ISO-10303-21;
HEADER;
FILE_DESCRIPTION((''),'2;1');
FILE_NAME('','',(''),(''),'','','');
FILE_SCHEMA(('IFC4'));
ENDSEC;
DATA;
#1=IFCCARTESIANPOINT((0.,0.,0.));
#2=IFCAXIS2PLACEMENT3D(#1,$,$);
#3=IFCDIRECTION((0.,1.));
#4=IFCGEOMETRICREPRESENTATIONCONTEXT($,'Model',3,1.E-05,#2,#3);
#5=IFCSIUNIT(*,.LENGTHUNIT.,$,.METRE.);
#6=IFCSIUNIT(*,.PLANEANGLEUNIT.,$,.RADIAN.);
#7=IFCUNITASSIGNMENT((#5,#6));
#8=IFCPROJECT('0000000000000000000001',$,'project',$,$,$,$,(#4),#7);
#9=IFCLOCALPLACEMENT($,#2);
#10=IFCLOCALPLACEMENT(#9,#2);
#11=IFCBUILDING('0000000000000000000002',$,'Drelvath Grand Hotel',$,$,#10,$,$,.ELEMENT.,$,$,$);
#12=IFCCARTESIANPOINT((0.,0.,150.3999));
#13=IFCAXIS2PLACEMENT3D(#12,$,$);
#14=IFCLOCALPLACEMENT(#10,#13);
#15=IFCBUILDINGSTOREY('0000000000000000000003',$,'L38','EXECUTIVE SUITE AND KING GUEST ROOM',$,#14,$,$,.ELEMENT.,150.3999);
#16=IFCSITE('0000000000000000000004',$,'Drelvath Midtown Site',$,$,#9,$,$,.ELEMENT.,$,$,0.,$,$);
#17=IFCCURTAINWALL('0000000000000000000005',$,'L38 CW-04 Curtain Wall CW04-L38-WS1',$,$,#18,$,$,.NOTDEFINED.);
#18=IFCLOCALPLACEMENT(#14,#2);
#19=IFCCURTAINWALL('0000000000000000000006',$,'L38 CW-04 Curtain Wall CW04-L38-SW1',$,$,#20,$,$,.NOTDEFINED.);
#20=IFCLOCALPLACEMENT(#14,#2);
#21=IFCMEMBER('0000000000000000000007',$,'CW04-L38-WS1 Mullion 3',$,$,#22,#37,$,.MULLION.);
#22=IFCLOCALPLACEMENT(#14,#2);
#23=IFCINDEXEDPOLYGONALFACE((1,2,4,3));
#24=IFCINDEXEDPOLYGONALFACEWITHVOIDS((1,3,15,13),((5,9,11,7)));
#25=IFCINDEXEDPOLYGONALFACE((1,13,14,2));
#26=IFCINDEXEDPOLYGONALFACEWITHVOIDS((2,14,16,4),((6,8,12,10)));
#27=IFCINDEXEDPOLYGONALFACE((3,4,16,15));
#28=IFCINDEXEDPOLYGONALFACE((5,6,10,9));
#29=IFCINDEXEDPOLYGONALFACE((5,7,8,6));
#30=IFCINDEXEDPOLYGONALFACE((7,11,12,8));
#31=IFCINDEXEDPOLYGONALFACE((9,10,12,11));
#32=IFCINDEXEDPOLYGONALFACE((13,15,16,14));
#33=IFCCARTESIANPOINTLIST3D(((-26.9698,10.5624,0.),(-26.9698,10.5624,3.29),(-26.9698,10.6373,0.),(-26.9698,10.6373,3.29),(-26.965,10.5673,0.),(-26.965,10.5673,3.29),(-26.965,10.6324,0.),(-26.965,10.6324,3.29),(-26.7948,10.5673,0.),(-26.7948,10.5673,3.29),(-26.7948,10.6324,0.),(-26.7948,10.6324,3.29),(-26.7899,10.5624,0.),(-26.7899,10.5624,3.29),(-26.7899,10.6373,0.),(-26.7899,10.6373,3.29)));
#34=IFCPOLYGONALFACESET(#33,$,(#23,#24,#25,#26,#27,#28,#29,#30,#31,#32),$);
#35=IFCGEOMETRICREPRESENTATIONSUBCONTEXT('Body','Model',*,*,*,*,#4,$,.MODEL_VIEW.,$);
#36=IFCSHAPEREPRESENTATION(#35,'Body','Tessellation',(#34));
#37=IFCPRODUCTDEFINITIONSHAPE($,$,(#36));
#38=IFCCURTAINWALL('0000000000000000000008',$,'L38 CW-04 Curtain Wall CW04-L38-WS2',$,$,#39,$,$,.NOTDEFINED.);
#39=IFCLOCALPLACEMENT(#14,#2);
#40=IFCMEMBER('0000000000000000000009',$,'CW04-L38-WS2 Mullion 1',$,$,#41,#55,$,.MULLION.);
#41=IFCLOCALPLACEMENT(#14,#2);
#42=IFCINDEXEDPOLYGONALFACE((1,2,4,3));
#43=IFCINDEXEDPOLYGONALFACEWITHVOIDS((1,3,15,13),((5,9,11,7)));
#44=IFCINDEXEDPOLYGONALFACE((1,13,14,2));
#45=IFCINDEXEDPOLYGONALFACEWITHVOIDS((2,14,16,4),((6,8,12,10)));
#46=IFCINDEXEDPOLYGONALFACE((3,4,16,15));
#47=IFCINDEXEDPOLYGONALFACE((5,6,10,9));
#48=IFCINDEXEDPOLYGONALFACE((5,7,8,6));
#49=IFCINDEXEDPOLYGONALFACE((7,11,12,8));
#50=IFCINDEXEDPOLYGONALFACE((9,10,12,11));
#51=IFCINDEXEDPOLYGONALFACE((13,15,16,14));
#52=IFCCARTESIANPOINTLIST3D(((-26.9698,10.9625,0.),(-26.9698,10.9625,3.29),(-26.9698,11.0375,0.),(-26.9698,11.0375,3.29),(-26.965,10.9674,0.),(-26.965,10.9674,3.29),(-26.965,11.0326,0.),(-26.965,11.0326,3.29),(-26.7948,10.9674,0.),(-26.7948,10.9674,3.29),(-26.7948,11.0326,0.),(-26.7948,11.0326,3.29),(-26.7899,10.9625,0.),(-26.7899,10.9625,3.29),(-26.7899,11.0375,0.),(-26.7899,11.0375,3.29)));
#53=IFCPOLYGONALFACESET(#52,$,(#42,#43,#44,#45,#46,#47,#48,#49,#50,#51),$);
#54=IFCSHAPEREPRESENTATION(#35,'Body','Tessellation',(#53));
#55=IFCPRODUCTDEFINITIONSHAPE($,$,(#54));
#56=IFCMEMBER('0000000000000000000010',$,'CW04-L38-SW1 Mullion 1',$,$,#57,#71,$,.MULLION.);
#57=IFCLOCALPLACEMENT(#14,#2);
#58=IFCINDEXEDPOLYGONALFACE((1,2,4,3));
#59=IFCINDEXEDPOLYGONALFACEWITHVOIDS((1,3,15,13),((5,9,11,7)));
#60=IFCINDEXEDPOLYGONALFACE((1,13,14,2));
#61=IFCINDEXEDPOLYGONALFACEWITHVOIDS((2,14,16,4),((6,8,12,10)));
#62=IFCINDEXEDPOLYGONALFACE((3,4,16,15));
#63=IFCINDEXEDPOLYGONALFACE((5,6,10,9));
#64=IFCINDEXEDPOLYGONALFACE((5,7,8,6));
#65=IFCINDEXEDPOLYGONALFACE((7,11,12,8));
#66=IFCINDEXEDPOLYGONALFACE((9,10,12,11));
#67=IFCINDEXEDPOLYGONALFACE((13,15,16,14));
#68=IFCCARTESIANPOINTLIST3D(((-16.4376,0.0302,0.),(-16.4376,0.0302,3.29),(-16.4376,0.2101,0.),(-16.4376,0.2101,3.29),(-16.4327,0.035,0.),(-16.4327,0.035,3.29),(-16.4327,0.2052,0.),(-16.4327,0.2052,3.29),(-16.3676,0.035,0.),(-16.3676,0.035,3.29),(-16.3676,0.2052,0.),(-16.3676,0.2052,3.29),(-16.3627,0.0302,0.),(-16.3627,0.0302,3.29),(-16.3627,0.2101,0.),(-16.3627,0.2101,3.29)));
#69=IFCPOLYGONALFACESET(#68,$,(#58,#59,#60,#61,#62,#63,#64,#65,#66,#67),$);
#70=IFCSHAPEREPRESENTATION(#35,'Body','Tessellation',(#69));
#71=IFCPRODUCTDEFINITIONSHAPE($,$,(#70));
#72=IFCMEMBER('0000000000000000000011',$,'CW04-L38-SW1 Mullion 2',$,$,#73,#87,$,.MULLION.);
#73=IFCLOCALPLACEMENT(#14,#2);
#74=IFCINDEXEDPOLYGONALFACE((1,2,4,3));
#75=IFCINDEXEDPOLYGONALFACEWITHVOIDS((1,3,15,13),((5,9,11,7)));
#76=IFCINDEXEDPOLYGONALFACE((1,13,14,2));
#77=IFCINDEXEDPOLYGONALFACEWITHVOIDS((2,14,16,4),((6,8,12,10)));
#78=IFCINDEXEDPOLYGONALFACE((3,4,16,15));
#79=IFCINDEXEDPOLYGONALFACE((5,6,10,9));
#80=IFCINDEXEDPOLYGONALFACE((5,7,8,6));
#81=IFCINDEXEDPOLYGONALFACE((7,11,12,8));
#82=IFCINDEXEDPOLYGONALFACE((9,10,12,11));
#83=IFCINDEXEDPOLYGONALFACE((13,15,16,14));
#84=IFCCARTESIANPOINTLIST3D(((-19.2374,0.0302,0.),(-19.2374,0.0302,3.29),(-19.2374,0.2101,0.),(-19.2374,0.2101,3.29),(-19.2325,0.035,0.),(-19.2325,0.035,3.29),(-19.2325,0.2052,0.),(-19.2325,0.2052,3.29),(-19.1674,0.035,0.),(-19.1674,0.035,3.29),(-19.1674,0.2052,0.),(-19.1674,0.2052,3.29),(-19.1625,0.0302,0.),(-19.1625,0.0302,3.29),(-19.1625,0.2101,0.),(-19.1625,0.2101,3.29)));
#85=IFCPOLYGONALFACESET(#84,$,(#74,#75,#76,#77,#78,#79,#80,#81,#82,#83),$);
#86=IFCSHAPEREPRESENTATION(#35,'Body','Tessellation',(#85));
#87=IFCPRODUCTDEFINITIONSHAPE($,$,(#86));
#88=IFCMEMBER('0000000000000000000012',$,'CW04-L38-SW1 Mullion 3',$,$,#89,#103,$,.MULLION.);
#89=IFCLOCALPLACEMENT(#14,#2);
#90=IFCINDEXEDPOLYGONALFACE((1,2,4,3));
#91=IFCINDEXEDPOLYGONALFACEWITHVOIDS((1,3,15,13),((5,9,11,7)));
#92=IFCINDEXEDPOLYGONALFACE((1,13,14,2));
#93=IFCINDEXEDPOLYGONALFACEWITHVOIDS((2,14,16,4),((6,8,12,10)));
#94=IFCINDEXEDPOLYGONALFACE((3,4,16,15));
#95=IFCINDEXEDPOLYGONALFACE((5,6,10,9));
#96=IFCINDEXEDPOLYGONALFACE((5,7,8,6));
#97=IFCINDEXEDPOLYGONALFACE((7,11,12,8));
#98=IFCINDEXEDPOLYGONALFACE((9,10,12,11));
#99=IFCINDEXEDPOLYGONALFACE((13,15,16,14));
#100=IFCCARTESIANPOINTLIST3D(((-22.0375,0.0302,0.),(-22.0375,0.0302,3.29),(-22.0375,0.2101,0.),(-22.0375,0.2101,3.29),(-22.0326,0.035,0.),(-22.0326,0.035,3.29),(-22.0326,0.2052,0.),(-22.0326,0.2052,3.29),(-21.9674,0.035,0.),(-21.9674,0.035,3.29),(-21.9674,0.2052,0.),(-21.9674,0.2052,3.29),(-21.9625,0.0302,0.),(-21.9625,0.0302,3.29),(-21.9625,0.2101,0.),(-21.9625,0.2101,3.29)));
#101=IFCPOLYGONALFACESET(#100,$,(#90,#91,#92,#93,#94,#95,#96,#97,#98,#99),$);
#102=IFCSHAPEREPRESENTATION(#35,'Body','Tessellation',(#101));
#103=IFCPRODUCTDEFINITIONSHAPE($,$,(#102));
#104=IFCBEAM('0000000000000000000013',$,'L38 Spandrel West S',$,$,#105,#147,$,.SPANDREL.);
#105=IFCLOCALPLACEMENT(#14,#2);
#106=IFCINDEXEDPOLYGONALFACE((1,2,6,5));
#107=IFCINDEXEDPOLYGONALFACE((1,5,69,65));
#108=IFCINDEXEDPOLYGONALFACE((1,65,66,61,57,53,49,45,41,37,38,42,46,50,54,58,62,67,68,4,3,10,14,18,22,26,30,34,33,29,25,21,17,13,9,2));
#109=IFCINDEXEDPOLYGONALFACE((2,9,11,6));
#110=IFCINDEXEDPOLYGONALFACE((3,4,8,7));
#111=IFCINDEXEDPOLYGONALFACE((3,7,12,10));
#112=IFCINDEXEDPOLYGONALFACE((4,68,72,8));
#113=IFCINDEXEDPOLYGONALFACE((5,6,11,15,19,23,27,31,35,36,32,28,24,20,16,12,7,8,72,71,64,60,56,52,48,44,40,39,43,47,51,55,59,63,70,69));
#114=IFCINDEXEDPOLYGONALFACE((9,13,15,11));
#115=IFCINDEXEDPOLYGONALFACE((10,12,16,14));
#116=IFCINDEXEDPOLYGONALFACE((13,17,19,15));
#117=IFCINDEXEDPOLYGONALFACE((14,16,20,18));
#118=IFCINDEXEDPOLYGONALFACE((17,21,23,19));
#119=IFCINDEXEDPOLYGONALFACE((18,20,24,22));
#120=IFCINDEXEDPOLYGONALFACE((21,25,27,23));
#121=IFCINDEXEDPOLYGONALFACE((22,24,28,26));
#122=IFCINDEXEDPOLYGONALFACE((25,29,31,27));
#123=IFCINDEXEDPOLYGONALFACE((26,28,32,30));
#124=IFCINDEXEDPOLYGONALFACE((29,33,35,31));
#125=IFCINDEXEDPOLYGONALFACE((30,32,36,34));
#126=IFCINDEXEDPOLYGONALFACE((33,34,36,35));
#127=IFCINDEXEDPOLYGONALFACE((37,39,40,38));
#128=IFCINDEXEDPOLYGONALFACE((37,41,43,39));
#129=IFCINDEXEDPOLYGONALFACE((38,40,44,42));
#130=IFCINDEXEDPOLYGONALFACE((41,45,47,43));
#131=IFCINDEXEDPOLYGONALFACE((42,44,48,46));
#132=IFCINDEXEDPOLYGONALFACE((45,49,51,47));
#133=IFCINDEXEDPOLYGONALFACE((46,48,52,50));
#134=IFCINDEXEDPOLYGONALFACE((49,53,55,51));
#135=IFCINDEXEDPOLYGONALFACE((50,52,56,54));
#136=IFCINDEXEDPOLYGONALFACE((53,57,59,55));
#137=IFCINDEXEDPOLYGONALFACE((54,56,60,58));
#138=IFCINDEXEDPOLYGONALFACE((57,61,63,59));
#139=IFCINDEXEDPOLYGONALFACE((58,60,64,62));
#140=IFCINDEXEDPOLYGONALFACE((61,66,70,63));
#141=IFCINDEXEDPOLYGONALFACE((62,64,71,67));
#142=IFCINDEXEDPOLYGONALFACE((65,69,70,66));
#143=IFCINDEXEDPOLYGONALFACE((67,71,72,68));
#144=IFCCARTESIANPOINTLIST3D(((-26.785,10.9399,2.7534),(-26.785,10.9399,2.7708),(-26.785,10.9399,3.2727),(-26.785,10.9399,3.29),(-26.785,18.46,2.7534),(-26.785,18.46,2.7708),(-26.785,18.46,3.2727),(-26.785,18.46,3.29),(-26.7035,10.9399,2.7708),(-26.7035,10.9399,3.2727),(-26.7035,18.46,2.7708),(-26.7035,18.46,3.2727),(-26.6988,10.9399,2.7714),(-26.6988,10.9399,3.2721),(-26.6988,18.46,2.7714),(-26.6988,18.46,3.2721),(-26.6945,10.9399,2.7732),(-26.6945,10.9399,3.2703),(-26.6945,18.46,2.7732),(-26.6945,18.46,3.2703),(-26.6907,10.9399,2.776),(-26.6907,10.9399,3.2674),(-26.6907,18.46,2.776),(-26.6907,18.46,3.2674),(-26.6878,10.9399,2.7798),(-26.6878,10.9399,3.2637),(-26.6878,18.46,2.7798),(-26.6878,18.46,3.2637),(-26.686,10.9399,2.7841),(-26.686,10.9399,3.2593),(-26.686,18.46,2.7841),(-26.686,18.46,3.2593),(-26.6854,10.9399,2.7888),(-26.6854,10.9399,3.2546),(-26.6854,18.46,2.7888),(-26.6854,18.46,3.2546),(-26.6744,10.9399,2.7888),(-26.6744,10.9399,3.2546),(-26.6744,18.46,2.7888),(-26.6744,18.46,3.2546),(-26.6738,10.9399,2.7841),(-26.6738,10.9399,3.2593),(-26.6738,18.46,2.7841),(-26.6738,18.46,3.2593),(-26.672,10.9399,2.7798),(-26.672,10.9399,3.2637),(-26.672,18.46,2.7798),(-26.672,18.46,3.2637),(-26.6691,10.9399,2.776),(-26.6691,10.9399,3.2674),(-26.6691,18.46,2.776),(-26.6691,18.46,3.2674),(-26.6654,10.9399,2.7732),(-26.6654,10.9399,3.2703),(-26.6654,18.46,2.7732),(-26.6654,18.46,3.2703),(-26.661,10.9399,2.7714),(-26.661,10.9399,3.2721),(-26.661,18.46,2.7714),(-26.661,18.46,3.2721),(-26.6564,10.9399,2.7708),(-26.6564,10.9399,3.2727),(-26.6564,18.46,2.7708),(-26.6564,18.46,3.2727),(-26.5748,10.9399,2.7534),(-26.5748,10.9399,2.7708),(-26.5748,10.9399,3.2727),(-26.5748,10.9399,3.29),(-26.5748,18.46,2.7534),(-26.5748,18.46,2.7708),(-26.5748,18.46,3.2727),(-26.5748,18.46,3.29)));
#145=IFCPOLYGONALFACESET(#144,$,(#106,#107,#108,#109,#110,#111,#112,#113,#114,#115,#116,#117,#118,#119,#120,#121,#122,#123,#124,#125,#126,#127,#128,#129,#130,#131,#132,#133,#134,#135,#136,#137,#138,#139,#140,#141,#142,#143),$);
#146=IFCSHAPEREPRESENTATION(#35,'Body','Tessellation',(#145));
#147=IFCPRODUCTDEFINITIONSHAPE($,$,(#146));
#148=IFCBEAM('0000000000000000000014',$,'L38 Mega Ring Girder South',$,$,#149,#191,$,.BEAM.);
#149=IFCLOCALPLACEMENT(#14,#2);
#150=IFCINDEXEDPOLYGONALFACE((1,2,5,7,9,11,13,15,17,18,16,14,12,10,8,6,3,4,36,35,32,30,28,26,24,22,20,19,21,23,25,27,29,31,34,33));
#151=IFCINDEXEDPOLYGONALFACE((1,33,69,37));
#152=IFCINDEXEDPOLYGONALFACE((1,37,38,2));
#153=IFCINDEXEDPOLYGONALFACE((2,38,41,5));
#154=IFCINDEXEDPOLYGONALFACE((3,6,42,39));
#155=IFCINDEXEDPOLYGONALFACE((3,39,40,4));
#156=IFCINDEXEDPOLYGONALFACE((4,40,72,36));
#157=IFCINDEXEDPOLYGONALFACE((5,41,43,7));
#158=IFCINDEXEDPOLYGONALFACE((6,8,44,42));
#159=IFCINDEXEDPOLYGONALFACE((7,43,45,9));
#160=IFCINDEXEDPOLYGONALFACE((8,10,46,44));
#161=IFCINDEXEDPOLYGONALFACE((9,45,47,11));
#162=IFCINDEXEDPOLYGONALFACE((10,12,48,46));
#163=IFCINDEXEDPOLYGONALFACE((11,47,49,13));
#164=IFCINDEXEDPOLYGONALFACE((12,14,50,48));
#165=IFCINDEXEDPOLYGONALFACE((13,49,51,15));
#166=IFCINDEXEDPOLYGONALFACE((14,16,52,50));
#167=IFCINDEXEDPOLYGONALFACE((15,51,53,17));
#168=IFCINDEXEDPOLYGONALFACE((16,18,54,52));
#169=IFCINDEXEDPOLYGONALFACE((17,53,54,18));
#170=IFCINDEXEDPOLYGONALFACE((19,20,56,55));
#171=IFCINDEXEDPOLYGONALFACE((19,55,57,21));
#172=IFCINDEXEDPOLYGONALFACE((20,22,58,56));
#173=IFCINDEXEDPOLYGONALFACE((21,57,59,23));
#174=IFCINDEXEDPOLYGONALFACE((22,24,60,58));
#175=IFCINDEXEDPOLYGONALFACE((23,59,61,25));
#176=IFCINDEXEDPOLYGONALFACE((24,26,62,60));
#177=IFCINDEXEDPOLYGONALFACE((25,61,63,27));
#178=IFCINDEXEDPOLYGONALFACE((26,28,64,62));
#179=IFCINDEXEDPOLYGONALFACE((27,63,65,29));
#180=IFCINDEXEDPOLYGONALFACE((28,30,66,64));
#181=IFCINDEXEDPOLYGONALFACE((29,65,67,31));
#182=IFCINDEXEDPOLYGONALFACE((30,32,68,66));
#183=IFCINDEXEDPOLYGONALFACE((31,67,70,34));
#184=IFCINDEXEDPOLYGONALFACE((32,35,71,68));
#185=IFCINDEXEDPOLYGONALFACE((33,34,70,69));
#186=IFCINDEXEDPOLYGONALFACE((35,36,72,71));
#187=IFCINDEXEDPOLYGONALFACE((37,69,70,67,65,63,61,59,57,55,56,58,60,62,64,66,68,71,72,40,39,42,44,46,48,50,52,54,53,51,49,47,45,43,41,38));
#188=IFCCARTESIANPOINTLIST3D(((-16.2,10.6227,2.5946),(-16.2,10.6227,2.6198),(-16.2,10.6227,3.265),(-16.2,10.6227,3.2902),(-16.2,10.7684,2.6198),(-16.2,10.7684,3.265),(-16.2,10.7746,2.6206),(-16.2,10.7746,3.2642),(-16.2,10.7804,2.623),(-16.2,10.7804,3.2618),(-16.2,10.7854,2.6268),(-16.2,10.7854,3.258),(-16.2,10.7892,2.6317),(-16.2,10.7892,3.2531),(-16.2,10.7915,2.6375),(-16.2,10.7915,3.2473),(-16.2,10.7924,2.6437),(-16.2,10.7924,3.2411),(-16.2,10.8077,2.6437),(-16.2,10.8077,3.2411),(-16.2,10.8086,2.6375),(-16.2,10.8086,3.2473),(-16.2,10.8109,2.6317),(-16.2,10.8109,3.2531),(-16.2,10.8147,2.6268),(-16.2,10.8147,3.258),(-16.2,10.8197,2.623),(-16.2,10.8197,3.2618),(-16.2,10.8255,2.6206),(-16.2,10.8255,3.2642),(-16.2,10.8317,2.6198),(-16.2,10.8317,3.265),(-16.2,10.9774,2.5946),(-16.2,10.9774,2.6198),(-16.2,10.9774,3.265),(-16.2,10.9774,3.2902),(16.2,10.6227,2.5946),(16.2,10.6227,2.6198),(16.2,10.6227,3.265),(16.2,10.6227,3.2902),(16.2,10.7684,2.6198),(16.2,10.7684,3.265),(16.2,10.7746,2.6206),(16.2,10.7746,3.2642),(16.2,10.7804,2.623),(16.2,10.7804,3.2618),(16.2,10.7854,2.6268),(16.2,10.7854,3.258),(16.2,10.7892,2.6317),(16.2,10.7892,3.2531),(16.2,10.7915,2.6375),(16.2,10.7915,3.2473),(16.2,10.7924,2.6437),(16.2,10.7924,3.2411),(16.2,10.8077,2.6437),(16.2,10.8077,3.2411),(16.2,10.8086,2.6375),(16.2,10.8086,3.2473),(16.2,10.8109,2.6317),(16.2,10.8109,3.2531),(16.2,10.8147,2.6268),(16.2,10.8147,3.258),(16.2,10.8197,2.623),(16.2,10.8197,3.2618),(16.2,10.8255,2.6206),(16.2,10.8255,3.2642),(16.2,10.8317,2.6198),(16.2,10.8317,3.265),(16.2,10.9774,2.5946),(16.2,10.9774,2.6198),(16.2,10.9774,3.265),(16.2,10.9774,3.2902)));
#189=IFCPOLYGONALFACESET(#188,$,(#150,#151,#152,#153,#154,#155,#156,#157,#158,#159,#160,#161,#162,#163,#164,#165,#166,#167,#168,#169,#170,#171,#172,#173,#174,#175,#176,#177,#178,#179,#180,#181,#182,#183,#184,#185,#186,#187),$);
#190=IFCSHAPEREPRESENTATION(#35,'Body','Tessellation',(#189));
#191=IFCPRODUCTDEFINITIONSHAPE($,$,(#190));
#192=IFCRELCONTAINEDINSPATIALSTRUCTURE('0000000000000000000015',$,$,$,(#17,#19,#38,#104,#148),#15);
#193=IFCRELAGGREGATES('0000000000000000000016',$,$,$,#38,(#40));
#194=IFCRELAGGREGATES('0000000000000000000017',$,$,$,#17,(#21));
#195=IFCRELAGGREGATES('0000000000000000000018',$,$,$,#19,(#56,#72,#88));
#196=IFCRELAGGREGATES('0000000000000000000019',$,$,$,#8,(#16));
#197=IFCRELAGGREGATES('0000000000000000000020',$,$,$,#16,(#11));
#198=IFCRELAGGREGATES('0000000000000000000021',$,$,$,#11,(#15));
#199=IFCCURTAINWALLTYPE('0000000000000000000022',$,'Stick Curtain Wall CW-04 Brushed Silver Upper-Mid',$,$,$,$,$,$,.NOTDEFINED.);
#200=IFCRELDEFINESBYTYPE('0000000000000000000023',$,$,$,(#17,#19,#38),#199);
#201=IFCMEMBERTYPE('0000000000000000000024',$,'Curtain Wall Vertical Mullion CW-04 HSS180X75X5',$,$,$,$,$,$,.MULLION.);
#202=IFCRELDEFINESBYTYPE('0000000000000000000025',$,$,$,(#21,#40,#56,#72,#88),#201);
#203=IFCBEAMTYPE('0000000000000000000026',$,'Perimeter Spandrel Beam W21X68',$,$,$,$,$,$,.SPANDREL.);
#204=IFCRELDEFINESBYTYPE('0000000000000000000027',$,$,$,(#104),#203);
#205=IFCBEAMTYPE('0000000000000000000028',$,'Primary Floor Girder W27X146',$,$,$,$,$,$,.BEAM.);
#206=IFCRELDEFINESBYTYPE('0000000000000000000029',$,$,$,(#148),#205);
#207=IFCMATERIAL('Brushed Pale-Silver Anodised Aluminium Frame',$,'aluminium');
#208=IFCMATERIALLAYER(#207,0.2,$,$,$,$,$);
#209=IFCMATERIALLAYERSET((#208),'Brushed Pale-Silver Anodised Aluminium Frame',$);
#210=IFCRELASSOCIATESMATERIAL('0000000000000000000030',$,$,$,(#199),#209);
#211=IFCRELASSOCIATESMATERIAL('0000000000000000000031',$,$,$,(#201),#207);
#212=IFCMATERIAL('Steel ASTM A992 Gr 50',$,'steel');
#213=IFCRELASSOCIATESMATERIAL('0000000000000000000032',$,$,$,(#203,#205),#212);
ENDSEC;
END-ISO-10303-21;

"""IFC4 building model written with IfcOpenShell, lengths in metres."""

from ifc_helpers import new_model, si_unit, direction, frame, origin, origin_2d, place, context, subcontext, project, spatial, hollow_rectangle, i_section, extrude, material, layer, layer_set, material_profile, profile_set, type_object, element, aggregate, save


model = new_model("IFC4")

# Units and contexts
model_context = context("Model", 3, precision=1e-05, world=origin(), true_north=direction((0.0, 1.0)))
body_context = subcontext(model_context, "Body", "Model", "MODEL_VIEW")
ifc_project = project(units=[si_unit("LENGTHUNIT", "METRE"), si_unit("PLANEANGLEUNIT", "RADIAN")], contexts=[model_context])

# Site, building, storey
site_placement = place(None, origin())
site = spatial("IfcSite", under=ifc_project, at=site_placement, Name="Drelvath Midtown Site", CompositionType="ELEMENT", RefElevation=0.0)
building_placement = place(site_placement, origin())
building = spatial("IfcBuilding", under=site, at=building_placement, Name="Drelvath Grand Hotel", CompositionType="ELEMENT")
storey_placement = place(building_placement, frame((0.0, 0.0, 150.3999)))
storey = spatial("IfcBuildingStorey", under=building, at=storey_placement, Name="L38", Description="EXECUTIVE SUITE AND KING GUEST ROOM", CompositionType="ELEMENT", Elevation=150.3999)

# Curtain walls
ifc_material_1 = material(Name="Brushed Pale-Silver Anodised Aluminium Frame", Category="aluminium")
ifc_layer_1 = layer(ifc_material_1, 0.2)
ifc_layer_set_1 = layer_set([ifc_layer_1], Name="Brushed Pale-Silver Anodised Aluminium Frame")
curtain_wall_type = type_object("IfcCurtainWallType", Name="Stick Curtain Wall CW-04 Brushed Silver Upper-Mid", PredefinedType="NOTDEFINED", material=ifc_layer_set_1)
curtain_wall_1_placement = place(storey_placement, origin())
curtain_wall_1 = element("IfcCurtainWall", 1, at=curtain_wall_1_placement, inside=storey, type_object=curtain_wall_type, Name="L38 CW-04 Curtain Wall CW04-L38-WS1", PredefinedType="NOTDEFINED")
curtain_wall_2_placement = place(storey_placement, origin())
curtain_wall_2 = element("IfcCurtainWall", 2, at=curtain_wall_2_placement, inside=storey, type_object=curtain_wall_type, Name="L38 CW-04 Curtain Wall CW04-L38-SW1", PredefinedType="NOTDEFINED")

# Member
ifc_material_profile_1 = material_profile(ifc_material_1, hollow_rectangle(XDim=0.075, YDim=0.1799, WallThickness=0.0049, at=origin_2d()), Name="HSS180X75X5")
ifc_profile_set_1 = profile_set([ifc_material_profile_1], Name="Brushed Pale-Silver Anodised Aluminium Frame")
member_type_1 = type_object("IfcMemberType", Name="Curtain Wall Vertical Mullion CW-04 HSS180X75X5", PredefinedType="MULLION", material=ifc_profile_set_1)
member_1_placement = place(storey_placement, frame((-26.8799, 10.5999, 0.0), z_axis=(0.0, 0.0, 1.0), x_axis=(0.0, 1.0, 0.0)))
member_1 = element("IfcMember", 3, at=member_1_placement, type_object=member_type_1, Name="CW04-L38-WS1 Mullion 3", PredefinedType="MULLION", context=body_context, shape_type="SweptSolid", body=[
    extrude(hollow_rectangle(XDim=0.075, YDim=0.1799, WallThickness=0.0049, at=origin_2d()), origin(), (0.0, 0.0, 1.0), 3.29),
])

# Curtain wall, member
curtain_wall_3_placement = place(storey_placement, origin())
curtain_wall_3 = element("IfcCurtainWall", 4, at=curtain_wall_3_placement, inside=storey, type_object=curtain_wall_type, Name="L38 CW-04 Curtain Wall CW04-L38-WS2", PredefinedType="NOTDEFINED")
member_2_placement = place(storey_placement, frame((-26.8799, 11.0, 0.0), z_axis=(0.0, 0.0, 1.0), x_axis=(0.0, 1.0, 0.0)))
member_2 = element("IfcMember", 5, at=member_2_placement, type_object=member_type_1, Name="CW04-L38-WS2 Mullion 1", PredefinedType="MULLION", context=body_context, shape_type="SweptSolid", body=[
    extrude(hollow_rectangle(XDim=0.075, YDim=0.1799, WallThickness=0.0049, at=origin_2d()), origin(), (0.0, 0.0, 1.0), 3.29),
])
aggregate(curtain_wall_3, [member_2])

# Members
member_3_placement = place(storey_placement, frame((-16.4001, 0.1201, 0.0), z_axis=(0.0, 0.0, 1.0), x_axis=(1.0, 0.0, 0.0)))
member_3 = element("IfcMember", 6, at=member_3_placement, type_object=member_type_1, Name="CW04-L38-SW1 Mullion 1", PredefinedType="MULLION", context=body_context, shape_type="SweptSolid", body=[
    extrude(hollow_rectangle(XDim=0.075, YDim=0.1799, WallThickness=0.0049, at=origin_2d()), origin(), (0.0, 0.0, 1.0), 3.29),
])
member_4_placement = place(storey_placement, frame((-19.2, 0.1201, 0.0), z_axis=(0.0, 0.0, 1.0), x_axis=(1.0, 0.0, 0.0)))
member_4 = element("IfcMember", 7, at=member_4_placement, type_object=member_type_1, Name="CW04-L38-SW1 Mullion 2", PredefinedType="MULLION", context=body_context, shape_type="SweptSolid", body=[
    extrude(hollow_rectangle(XDim=0.075, YDim=0.1799, WallThickness=0.0049, at=origin_2d()), origin(), (0.0, 0.0, 1.0), 3.29),
])
member_5_placement = place(storey_placement, frame((-22.0, 0.1201, 0.0), z_axis=(0.0, 0.0, 1.0), x_axis=(1.0, 0.0, 0.0)))
member_5 = element("IfcMember", 8, at=member_5_placement, type_object=member_type_1, Name="CW04-L38-SW1 Mullion 3", PredefinedType="MULLION", context=body_context, shape_type="SweptSolid", body=[
    extrude(hollow_rectangle(XDim=0.075, YDim=0.1799, WallThickness=0.0049, at=origin_2d()), origin(), (0.0, 0.0, 1.0), 3.29),
])

# Beams
ifc_material_2 = material(Name="Steel ASTM A992 Gr 50", Category="steel")
ifc_material_profile_2 = material_profile(ifc_material_2, i_section(OverallWidth=0.2102, OverallDepth=0.5366, WebThickness=0.011, FlangeThickness=0.0173, FilletRadius=0.0181, at=origin_2d()), Name="W21X68")
ifc_profile_set_2 = profile_set([ifc_material_profile_2], Name="Steel ASTM A992 Gr 50")
beam_type_1 = type_object("IfcBeamType", Name="Perimeter Spandrel Beam W21X68", PredefinedType="SPANDREL", material=ifc_profile_set_2)
beam_placement = place(storey_placement, frame((-26.6799, 10.9399, 3.0217), z_axis=(0.0, 1.0, 0.0), x_axis=(-1.0, 0.0, 0.0)))
element("IfcBeam", 9, at=beam_placement, inside=storey, type_object=beam_type_1, Name="L38 Spandrel West S", PredefinedType="SPANDREL", context=body_context, shape_type="SweptSolid", body=[
    extrude(i_section(OverallWidth=0.2102, OverallDepth=0.5366, WebThickness=0.011, FlangeThickness=0.0173, FilletRadius=0.0181, at=origin_2d()), origin(), (0.0, 0.0, 1.0), 7.52),
])
ifc_material_profile_3 = material_profile(ifc_material_2, i_section(OverallWidth=0.3547, OverallDepth=0.6956, WebThickness=0.0154, FlangeThickness=0.0251, FilletRadius=0.0239, at=origin_2d()), Name="W27X146")
ifc_profile_set_3 = profile_set([ifc_material_profile_3], Name="Steel ASTM A992 Gr 50")
beam_type_2 = type_object("IfcBeamType", Name="Primary Floor Girder W27X146", PredefinedType="BEAM", material=ifc_profile_set_3)
for number, where, z_axis, x_axis, name in (
    (10, (-16.2, 10.8, 2.9424), (1.0, 0.0, 0.0), (0.0, 1.0, 0.0), "L38 Mega Ring Girder South"),
):
    element("IfcBeam", number, at=place(storey_placement, frame(where, z_axis=z_axis, x_axis=x_axis)), inside=storey, type_object=beam_type_2, Name=name, PredefinedType="BEAM", context=body_context, shape_type="SweptSolid", body=[
        extrude(i_section(OverallWidth=0.3547, OverallDepth=0.6956, WebThickness=0.0154, FlangeThickness=0.0251, FilletRadius=0.0239, at=origin_2d()), origin(), (0.0, 0.0, 1.0), 32.3999),
    ])

aggregate(curtain_wall_1, [member_1])
aggregate(curtain_wall_2, [member_3, member_4, member_5])

save(model, "model.ifc")
